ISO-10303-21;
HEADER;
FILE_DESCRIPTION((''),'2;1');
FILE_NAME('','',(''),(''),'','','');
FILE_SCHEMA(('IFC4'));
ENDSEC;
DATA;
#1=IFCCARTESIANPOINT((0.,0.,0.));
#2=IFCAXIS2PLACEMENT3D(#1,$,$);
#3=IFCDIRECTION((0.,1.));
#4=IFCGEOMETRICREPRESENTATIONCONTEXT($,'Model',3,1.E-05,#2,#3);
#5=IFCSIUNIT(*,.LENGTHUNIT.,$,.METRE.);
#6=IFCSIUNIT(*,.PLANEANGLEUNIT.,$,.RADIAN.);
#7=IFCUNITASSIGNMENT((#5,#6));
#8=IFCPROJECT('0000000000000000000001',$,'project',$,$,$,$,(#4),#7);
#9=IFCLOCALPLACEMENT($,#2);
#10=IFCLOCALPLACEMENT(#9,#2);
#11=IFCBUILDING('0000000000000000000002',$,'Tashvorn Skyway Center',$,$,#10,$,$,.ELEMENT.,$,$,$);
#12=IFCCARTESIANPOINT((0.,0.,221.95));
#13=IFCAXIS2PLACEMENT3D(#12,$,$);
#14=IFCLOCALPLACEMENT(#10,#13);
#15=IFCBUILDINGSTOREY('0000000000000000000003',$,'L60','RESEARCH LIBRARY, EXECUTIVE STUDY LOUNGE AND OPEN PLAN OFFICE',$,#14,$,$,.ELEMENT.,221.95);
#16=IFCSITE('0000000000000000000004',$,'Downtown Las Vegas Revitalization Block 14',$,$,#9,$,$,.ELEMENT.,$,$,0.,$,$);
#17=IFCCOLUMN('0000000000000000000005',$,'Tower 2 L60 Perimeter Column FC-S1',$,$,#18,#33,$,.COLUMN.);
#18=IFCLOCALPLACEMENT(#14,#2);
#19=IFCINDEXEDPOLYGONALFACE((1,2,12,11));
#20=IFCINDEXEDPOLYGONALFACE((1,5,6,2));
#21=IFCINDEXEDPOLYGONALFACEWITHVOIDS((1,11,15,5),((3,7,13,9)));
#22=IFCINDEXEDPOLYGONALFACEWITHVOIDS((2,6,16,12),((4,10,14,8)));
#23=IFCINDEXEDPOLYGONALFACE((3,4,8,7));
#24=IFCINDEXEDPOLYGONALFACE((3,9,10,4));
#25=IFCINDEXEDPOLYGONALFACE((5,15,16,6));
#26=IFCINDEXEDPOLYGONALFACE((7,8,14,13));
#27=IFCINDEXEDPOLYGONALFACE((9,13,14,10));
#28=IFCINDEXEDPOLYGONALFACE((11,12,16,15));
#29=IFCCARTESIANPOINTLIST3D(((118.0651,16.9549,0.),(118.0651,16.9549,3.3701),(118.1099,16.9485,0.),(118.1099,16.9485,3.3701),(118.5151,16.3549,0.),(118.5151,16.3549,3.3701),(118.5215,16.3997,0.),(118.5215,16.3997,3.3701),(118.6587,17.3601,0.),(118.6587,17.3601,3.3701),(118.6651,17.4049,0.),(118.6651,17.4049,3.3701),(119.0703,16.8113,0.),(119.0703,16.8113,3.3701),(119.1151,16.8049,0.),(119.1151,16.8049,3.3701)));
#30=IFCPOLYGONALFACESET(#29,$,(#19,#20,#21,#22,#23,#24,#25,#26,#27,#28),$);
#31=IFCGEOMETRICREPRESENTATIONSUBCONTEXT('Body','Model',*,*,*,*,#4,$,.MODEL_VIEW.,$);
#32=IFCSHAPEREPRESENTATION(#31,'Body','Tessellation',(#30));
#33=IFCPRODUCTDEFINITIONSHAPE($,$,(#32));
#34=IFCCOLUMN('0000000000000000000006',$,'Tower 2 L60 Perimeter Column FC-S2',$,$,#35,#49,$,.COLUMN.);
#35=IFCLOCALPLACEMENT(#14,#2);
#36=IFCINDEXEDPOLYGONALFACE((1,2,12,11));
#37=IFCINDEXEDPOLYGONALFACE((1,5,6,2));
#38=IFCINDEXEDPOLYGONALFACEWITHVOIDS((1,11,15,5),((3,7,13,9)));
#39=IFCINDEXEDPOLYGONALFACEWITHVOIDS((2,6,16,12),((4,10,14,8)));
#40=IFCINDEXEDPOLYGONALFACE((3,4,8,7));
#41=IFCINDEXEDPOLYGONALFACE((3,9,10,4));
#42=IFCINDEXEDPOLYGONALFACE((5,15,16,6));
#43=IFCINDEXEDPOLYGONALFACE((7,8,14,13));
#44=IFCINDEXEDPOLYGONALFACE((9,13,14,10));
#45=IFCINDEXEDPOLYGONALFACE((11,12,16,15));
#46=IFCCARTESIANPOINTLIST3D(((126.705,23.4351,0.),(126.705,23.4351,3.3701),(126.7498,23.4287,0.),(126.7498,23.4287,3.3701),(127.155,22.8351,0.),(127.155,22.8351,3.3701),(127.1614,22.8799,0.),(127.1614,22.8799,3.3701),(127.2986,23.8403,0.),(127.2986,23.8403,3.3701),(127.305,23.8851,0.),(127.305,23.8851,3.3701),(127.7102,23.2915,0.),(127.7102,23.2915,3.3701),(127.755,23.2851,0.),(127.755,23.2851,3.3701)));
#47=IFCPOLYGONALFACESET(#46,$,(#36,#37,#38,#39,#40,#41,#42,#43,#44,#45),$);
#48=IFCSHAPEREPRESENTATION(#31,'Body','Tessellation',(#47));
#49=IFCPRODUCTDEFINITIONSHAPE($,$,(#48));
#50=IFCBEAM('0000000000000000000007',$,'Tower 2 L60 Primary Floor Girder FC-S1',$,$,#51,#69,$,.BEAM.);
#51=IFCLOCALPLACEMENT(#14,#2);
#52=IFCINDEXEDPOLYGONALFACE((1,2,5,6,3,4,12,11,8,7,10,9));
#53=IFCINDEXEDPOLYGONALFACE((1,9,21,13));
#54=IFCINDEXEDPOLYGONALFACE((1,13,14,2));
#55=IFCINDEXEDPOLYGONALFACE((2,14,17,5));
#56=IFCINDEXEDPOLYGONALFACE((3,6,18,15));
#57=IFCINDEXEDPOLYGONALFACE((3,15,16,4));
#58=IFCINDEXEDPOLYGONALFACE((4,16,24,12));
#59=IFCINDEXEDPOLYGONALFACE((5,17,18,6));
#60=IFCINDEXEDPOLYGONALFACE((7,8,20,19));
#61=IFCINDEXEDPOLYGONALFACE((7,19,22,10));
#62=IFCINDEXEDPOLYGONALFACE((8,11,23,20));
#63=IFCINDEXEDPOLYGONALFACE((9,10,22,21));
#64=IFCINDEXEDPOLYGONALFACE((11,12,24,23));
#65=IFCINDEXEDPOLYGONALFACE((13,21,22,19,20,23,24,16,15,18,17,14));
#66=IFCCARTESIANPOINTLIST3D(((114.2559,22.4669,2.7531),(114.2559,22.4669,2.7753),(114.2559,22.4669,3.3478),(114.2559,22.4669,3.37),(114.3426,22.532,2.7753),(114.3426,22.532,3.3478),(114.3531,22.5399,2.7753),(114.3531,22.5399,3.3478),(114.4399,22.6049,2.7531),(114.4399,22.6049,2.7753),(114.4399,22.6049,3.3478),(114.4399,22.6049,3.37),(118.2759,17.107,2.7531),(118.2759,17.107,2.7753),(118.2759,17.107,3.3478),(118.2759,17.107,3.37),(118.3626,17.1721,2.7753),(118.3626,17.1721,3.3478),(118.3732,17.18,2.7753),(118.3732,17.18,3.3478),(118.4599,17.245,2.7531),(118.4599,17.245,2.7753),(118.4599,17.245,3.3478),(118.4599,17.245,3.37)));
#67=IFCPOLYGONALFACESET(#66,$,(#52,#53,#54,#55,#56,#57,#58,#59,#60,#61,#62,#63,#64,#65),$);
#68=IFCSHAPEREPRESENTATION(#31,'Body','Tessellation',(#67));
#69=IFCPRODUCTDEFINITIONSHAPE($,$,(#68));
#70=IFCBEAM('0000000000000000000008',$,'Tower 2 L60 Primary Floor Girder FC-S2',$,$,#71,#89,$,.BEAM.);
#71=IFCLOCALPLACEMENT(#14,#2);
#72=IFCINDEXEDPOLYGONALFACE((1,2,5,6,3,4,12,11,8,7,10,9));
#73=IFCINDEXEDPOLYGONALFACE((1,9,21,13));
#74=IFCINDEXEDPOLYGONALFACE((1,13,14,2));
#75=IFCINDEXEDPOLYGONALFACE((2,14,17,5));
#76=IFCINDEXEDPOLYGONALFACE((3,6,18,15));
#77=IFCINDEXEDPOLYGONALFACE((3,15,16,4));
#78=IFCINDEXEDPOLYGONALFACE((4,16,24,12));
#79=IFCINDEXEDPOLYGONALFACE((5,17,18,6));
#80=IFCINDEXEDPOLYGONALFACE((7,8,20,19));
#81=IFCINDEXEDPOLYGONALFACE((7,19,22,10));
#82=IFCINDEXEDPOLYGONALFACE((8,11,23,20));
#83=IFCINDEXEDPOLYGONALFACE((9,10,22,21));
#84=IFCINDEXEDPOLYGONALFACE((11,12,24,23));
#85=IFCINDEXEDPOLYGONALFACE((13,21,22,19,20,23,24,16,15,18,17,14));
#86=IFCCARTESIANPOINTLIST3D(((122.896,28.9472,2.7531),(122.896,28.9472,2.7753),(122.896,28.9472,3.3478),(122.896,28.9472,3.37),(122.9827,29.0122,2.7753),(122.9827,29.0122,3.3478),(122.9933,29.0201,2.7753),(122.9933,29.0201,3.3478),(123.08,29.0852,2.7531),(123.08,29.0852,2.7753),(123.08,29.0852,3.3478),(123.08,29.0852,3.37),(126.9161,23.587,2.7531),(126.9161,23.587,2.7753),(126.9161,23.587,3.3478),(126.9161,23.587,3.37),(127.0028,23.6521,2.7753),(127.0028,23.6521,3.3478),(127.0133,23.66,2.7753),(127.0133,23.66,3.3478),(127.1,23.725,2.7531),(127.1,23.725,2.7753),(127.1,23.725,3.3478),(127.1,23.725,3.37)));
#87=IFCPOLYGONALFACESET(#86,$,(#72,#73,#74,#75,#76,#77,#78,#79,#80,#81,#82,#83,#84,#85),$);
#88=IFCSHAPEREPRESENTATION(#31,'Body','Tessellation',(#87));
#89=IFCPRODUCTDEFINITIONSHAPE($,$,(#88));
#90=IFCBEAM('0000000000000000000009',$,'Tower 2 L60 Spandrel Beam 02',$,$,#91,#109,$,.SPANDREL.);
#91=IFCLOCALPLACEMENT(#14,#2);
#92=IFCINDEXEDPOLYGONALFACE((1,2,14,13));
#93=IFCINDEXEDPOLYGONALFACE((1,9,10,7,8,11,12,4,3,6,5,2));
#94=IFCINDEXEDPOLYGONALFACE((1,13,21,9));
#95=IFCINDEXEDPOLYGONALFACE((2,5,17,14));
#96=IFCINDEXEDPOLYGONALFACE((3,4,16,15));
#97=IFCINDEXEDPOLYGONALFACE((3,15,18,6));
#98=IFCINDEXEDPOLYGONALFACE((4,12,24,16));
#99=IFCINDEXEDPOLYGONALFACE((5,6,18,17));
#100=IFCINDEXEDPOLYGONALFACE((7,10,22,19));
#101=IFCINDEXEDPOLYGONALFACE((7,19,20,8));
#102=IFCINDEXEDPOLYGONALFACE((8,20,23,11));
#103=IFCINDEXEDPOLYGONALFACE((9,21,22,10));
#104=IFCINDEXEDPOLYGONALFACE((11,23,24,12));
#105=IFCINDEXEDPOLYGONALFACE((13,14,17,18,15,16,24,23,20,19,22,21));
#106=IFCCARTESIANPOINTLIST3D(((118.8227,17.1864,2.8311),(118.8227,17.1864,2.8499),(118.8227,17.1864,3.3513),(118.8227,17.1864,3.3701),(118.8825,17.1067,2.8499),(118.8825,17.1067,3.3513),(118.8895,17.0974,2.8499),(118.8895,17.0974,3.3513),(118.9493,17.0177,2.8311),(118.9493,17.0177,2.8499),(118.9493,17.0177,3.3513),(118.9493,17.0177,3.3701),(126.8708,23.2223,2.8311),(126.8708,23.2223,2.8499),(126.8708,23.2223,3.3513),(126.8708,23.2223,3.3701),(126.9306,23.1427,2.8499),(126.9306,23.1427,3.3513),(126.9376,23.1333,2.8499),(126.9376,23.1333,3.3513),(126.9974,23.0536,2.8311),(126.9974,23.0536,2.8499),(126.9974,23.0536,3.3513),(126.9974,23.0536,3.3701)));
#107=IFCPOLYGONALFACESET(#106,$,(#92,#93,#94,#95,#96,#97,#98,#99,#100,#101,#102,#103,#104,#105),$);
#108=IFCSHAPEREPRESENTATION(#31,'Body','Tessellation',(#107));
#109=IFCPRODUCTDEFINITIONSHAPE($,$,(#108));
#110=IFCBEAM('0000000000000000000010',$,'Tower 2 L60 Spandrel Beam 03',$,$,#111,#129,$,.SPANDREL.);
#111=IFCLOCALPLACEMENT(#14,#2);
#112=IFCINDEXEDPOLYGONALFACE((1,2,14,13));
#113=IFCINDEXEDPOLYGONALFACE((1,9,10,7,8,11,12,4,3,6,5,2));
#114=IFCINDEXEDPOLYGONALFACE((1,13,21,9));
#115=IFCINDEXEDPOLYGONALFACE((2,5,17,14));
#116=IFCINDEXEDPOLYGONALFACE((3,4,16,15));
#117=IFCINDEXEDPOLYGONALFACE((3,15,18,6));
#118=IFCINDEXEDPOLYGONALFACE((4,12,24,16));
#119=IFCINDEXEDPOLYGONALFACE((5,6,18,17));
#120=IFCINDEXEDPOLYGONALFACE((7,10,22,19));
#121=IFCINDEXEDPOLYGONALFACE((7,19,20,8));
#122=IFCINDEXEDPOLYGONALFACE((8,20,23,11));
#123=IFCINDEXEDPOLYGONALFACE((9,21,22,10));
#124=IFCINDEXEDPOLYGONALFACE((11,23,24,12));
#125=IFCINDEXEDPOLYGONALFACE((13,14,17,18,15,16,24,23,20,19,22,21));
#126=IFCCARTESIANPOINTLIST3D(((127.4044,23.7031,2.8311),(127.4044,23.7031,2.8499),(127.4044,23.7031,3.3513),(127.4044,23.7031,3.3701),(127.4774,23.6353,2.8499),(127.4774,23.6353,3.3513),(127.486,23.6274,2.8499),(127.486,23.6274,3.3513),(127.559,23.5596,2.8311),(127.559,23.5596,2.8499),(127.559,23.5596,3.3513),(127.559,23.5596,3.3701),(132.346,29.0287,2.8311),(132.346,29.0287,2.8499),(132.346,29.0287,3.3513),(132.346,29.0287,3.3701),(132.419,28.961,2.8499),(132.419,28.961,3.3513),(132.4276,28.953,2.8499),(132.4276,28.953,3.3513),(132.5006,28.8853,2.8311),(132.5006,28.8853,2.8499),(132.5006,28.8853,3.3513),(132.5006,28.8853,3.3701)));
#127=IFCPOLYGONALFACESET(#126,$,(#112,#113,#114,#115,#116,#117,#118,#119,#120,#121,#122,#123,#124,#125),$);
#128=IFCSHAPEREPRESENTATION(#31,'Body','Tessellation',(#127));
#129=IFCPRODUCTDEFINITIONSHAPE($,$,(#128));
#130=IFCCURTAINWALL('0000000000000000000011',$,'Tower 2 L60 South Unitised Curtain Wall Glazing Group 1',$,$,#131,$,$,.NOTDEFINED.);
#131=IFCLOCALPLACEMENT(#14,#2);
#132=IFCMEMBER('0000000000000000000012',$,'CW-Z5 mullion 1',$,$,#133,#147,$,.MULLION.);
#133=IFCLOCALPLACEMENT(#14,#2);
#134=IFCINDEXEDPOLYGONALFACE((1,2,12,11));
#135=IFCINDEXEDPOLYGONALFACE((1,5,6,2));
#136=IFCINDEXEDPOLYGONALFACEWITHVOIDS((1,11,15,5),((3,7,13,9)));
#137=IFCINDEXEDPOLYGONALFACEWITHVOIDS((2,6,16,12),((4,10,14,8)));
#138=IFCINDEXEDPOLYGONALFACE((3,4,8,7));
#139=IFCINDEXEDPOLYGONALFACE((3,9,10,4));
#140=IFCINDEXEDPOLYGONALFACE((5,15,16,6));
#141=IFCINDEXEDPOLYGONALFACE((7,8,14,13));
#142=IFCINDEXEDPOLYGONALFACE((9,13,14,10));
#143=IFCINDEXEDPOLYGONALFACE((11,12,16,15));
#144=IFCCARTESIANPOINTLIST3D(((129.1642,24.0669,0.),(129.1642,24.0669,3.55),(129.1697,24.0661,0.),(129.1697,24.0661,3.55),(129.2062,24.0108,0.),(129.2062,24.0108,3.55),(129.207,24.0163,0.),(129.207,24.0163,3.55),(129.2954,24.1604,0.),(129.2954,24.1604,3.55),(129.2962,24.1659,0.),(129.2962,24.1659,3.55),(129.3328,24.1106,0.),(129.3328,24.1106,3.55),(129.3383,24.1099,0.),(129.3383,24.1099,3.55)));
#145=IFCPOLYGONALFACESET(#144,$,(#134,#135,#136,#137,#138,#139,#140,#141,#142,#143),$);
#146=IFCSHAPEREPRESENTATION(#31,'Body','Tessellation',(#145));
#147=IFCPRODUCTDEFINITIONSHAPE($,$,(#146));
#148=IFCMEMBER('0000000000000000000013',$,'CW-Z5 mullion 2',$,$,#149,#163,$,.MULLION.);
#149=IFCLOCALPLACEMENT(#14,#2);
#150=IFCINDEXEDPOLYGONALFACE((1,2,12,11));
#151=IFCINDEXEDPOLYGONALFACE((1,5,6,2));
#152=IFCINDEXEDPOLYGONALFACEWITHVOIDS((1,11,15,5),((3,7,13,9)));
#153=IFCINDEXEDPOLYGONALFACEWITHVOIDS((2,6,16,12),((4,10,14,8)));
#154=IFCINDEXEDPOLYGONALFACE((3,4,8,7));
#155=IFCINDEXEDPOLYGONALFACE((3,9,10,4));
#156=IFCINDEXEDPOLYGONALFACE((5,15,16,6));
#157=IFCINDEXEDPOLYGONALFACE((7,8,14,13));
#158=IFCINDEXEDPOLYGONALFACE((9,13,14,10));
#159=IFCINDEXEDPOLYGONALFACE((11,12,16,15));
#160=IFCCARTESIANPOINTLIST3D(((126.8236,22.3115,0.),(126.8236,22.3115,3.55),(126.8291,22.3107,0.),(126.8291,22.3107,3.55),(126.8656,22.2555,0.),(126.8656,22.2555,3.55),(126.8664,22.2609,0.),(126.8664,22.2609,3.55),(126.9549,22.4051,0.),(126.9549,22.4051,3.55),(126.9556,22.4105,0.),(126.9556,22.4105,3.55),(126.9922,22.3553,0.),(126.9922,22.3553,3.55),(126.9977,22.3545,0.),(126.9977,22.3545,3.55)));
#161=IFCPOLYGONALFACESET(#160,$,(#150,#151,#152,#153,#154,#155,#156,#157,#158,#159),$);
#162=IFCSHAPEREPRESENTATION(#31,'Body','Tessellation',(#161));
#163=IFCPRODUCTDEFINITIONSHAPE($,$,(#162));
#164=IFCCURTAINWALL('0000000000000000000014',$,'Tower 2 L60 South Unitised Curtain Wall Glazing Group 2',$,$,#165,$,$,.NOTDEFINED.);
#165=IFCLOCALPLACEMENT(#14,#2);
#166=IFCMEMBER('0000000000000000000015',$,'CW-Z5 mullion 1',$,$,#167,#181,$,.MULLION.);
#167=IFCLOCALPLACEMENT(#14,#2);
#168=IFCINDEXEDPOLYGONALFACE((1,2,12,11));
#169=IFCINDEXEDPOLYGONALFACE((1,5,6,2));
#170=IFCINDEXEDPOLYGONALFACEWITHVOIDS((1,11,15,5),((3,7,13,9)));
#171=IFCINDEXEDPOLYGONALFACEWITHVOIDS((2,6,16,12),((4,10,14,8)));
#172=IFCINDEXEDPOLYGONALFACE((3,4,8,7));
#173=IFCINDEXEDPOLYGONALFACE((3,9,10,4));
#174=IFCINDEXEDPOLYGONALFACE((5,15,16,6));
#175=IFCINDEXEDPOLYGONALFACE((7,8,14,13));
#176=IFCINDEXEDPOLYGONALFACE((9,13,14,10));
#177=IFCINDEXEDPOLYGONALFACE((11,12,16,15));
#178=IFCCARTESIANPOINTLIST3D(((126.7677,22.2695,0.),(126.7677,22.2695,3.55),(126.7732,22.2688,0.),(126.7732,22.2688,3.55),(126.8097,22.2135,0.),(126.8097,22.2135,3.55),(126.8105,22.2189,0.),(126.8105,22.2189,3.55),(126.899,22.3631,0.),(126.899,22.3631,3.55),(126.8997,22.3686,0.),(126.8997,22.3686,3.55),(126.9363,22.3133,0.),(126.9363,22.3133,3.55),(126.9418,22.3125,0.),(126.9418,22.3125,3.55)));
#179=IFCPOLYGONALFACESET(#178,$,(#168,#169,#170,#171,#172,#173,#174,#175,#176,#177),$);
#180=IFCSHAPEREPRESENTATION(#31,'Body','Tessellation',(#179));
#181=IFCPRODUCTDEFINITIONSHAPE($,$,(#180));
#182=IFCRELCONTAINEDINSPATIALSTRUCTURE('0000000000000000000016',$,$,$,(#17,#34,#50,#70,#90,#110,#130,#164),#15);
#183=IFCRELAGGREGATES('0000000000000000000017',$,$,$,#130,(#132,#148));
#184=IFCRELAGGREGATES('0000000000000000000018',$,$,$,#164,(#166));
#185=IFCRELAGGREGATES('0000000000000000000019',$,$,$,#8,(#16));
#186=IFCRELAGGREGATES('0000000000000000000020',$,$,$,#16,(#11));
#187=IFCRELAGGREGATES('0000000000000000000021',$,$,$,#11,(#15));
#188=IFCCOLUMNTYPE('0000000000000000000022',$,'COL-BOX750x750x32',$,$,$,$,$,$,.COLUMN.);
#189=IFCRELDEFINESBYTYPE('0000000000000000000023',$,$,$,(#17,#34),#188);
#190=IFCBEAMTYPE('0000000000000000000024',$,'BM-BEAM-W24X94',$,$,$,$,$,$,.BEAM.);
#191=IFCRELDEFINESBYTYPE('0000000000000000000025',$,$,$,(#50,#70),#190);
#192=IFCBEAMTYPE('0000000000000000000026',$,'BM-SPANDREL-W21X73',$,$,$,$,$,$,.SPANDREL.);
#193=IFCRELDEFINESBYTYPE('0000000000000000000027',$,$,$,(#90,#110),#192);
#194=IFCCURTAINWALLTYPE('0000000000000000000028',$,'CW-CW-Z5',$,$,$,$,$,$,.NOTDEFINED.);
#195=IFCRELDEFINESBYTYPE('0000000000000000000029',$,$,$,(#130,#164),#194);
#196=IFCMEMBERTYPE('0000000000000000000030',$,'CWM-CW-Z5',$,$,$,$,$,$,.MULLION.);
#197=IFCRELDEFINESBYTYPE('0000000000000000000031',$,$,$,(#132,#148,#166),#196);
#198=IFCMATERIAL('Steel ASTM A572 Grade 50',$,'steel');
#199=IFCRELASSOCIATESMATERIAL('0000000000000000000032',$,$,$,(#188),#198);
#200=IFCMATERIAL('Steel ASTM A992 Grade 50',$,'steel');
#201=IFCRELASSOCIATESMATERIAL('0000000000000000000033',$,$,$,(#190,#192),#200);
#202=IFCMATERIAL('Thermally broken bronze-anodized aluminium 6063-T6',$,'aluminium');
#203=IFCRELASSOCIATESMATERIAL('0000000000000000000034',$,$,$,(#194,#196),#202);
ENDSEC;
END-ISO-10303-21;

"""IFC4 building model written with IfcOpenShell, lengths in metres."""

from ifc_helpers import new_model, si_unit, direction, frame, origin, origin_2d, place, context, subcontext, project, spatial, hollow_rectangle, i_section, extrude, material, material_profile, profile_set, type_object, element, aggregate, save


model = new_model("IFC4")

# Units and contexts
model_context = context("Model", 3, precision=1e-05, world=origin(), true_north=direction((0.0, 1.0)))
body_context = subcontext(model_context, "Body", "Model", "MODEL_VIEW")
ifc_project = project(units=[si_unit("LENGTHUNIT", "METRE"), si_unit("PLANEANGLEUNIT", "RADIAN")], contexts=[model_context])

# Site, building, storey
site_placement = place(None, origin())
site = spatial("IfcSite", under=ifc_project, at=site_placement, Name="Downtown Las Vegas Revitalization Block 14", CompositionType="ELEMENT", RefElevation=0.0)
building_placement = place(site_placement, origin())
building = spatial("IfcBuilding", under=site, at=building_placement, Name="Tashvorn Skyway Center", CompositionType="ELEMENT")
storey_placement = place(building_placement, frame((0.0, 0.0, 221.95)))
storey = spatial("IfcBuildingStorey", under=building, at=storey_placement, Name="L60", Description="RESEARCH LIBRARY, EXECUTIVE STUDY LOUNGE AND OPEN PLAN OFFICE", CompositionType="ELEMENT", Elevation=221.95)

# Columns
ifc_material_1 = material(Name="Steel ASTM A572 Grade 50", Category="steel")
ifc_material_profile_1 = material_profile(ifc_material_1, hollow_rectangle(XDim=0.75, YDim=0.75, WallThickness=0.032, at=origin_2d()), Name="BOX750x750x32")
ifc_profile_set_1 = profile_set([ifc_material_profile_1], Name="Steel ASTM A572 Grade 50")
column_type = type_object("IfcColumnType", Name="COL-BOX750x750x32", PredefinedType="COLUMN", material=ifc_profile_set_1)
for number, where, z_axis, x_axis, name in (
    (1, (118.5901, 16.8799, 0.0), (0.0, 0.0, 1.0), (0.8, 0.6, 0.0), "Tower 2 L60 Perimeter Column FC-S1"),
    (2, (127.23, 23.3601, 0.0), (0.0, 0.0, 1.0), (0.8, 0.6, 0.0), "Tower 2 L60 Perimeter Column FC-S2"),
):
    element("IfcColumn", number, at=place(storey_placement, frame(where, z_axis=z_axis, x_axis=x_axis)), inside=storey, type_object=column_type, Name=name, PredefinedType="COLUMN", context=body_context, shape_type="SweptSolid", body=[
        extrude(hollow_rectangle(XDim=0.75, YDim=0.75, WallThickness=0.032, at=origin_2d()), origin(), (0.0, 0.0, 1.0), 3.3701),
    ])

# Beams
ifc_material_2 = material(Name="Steel ASTM A992 Grade 50", Category="steel")
ifc_material_profile_2 = material_profile(ifc_material_2, i_section(OverallWidth=0.23, OverallDepth=0.6169, WebThickness=0.0132, FlangeThickness=0.0222, at=origin_2d()), Name="W24X94")
ifc_profile_set_2 = profile_set([ifc_material_profile_2], Name="Steel ASTM A992 Grade 50")
beam_type_1 = type_object("IfcBeamType", Name="BM-BEAM-W24X94", PredefinedType="BEAM", material=ifc_profile_set_2)
beam_1_placement = place(storey_placement, frame((118.3679, 17.176, 3.0615), z_axis=(-0.600012, 0.799991, 0.0), x_axis=(-0.799991, -0.600012, 0.0)))
element("IfcBeam", 3, at=beam_1_placement, inside=storey, type_object=beam_type_1, Name="Tower 2 L60 Primary Floor Girder FC-S1", PredefinedType="BEAM", context=body_context, shape_type="SweptSolid", body=[
    extrude(i_section(OverallWidth=0.23, OverallDepth=0.6169, WebThickness=0.0132, FlangeThickness=0.0222, at=origin_2d()), origin(), (0.0, 0.0, 1.0), 6.7),
])
beam_2_placement = place(storey_placement, frame((127.0081, 23.656, 3.0615), z_axis=(-0.599994, 0.800004, 0.0), x_axis=(-0.800004, -0.599994, 0.0)))
element("IfcBeam", 4, at=beam_2_placement, inside=storey, type_object=beam_type_1, Name="Tower 2 L60 Primary Floor Girder FC-S2", PredefinedType="BEAM", context=body_context, shape_type="SweptSolid", body=[
    extrude(i_section(OverallWidth=0.23, OverallDepth=0.6169, WebThickness=0.0132, FlangeThickness=0.0222, at=origin_2d()), origin(), (0.0, 0.0, 1.0), 6.7002),
])
ifc_material_profile_3 = material_profile(ifc_material_2, i_section(OverallWidth=0.2109, OverallDepth=0.5391, WebThickness=0.0117, FlangeThickness=0.0188, at=origin_2d()), Name="W21X73")
ifc_profile_set_3 = profile_set([ifc_material_profile_3], Name="Steel ASTM A992 Grade 50")
beam_type_2 = type_object("IfcBeamType", Name="BM-SPANDREL-W21X73", PredefinedType="SPANDREL", material=ifc_profile_set_3)
beam_3_placement = place(storey_placement, frame((118.886, 17.1021, 3.1006), z_axis=(0.800009, 0.599988, 0.0), x_axis=(-0.599988, 0.800009, 0.0)))
element("IfcBeam", 5, at=beam_3_placement, inside=storey, type_object=beam_type_2, Name="Tower 2 L60 Spandrel Beam 02", PredefinedType="SPANDREL", context=body_context, shape_type="SweptSolid", body=[
    extrude(i_section(OverallWidth=0.2109, OverallDepth=0.5391, WebThickness=0.0117, FlangeThickness=0.0188, at=origin_2d()), origin(), (0.0, 0.0, 1.0), 10.0601),
])
beam_4_placement = place(storey_placement, frame((127.4817, 23.6313, 3.1006), z_axis=(0.680183, 0.733042, 0.0), x_axis=(-0.733042, 0.680183, 0.0)))
element("IfcBeam", 6, at=beam_4_placement, inside=storey, type_object=beam_type_2, Name="Tower 2 L60 Spandrel Beam 03", PredefinedType="SPANDREL", context=body_context, shape_type="SweptSolid", body=[
    extrude(i_section(OverallWidth=0.2109, OverallDepth=0.5391, WebThickness=0.0117, FlangeThickness=0.0188, at=origin_2d()), origin(), (0.0, 0.0, 1.0), 7.2651),
])

# Curtain walls, members
ifc_material_3 = material(Name="Thermally broken bronze-anodized aluminium 6063-T6", Category="aluminium")
curtain_wall_type = type_object("IfcCurtainWallType", Name="CW-CW-Z5", PredefinedType="NOTDEFINED", material=ifc_material_3)
curtain_wall_1_placement = place(storey_placement, origin())
curtain_wall_1 = element("IfcCurtainWall", 7, at=curtain_wall_1_placement, inside=storey, type_object=curtain_wall_type, Name="Tower 2 L60 South Unitised Curtain Wall Glazing Group 1", PredefinedType="NOTDEFINED")
ifc_material_profile_4 = material_profile(ifc_material_3, hollow_rectangle(XDim=0.0701, YDim=0.165, WallThickness=0.0039, at=origin_2d()), Name="ALU-MULL-70x165")
ifc_profile_set_4 = profile_set([ifc_material_profile_4], Name="Thermally broken bronze-anodized aluminium 6063-T6")
member_type_1 = type_object("IfcMemberType", Name="CWM-CW-Z5", PredefinedType="MULLION", material=ifc_profile_set_4)
member_1_placement = place(storey_placement, frame((129.2512, 24.0884, 0.0), z_axis=(0.0, 0.0, 1.0), x_axis=(0.6, -0.8, 0.0)))
member_1 = element("IfcMember", 8, at=member_1_placement, type_object=member_type_1, Name="CW-Z5 mullion 1", PredefinedType="MULLION", context=body_context, shape_type="SweptSolid", body=[
    extrude(hollow_rectangle(XDim=0.0701, YDim=0.165, WallThickness=0.0039, at=origin_2d()), origin(), (0.0, 0.0, 1.0), 3.55),
])
member_2_placement = place(storey_placement, frame((126.9106, 22.333, 0.0), z_axis=(0.0, 0.0, 1.0), x_axis=(0.6, -0.8, 0.0)))
member_2 = element("IfcMember", 9, at=member_2_placement, type_object=member_type_1, Name="CW-Z5 mullion 2", PredefinedType="MULLION", context=body_context, shape_type="SweptSolid", body=[
    extrude(hollow_rectangle(XDim=0.0701, YDim=0.165, WallThickness=0.0039, at=origin_2d()), origin(), (0.0, 0.0, 1.0), 3.55),
])
curtain_wall_2_placement = place(storey_placement, origin())
curtain_wall_2 = element("IfcCurtainWall", 10, at=curtain_wall_2_placement, inside=storey, type_object=curtain_wall_type, Name="Tower 2 L60 South Unitised Curtain Wall Glazing Group 2", PredefinedType="NOTDEFINED")
member_3_placement = place(storey_placement, frame((126.8547, 22.291, 0.0), z_axis=(0.0, 0.0, 1.0), x_axis=(0.599996, -0.800003, 0.0)))
member_3 = element("IfcMember", 11, at=member_3_placement, type_object=member_type_1, Name="CW-Z5 mullion 1", PredefinedType="MULLION", context=body_context, shape_type="SweptSolid", body=[
    extrude(hollow_rectangle(XDim=0.0701, YDim=0.165, WallThickness=0.0039, at=origin_2d()), origin(), (0.0, 0.0, 1.0), 3.55),
])

aggregate(curtain_wall_1, [member_1, member_2])
aggregate(curtain_wall_2, [member_3])

save(model, "model.ifc")
